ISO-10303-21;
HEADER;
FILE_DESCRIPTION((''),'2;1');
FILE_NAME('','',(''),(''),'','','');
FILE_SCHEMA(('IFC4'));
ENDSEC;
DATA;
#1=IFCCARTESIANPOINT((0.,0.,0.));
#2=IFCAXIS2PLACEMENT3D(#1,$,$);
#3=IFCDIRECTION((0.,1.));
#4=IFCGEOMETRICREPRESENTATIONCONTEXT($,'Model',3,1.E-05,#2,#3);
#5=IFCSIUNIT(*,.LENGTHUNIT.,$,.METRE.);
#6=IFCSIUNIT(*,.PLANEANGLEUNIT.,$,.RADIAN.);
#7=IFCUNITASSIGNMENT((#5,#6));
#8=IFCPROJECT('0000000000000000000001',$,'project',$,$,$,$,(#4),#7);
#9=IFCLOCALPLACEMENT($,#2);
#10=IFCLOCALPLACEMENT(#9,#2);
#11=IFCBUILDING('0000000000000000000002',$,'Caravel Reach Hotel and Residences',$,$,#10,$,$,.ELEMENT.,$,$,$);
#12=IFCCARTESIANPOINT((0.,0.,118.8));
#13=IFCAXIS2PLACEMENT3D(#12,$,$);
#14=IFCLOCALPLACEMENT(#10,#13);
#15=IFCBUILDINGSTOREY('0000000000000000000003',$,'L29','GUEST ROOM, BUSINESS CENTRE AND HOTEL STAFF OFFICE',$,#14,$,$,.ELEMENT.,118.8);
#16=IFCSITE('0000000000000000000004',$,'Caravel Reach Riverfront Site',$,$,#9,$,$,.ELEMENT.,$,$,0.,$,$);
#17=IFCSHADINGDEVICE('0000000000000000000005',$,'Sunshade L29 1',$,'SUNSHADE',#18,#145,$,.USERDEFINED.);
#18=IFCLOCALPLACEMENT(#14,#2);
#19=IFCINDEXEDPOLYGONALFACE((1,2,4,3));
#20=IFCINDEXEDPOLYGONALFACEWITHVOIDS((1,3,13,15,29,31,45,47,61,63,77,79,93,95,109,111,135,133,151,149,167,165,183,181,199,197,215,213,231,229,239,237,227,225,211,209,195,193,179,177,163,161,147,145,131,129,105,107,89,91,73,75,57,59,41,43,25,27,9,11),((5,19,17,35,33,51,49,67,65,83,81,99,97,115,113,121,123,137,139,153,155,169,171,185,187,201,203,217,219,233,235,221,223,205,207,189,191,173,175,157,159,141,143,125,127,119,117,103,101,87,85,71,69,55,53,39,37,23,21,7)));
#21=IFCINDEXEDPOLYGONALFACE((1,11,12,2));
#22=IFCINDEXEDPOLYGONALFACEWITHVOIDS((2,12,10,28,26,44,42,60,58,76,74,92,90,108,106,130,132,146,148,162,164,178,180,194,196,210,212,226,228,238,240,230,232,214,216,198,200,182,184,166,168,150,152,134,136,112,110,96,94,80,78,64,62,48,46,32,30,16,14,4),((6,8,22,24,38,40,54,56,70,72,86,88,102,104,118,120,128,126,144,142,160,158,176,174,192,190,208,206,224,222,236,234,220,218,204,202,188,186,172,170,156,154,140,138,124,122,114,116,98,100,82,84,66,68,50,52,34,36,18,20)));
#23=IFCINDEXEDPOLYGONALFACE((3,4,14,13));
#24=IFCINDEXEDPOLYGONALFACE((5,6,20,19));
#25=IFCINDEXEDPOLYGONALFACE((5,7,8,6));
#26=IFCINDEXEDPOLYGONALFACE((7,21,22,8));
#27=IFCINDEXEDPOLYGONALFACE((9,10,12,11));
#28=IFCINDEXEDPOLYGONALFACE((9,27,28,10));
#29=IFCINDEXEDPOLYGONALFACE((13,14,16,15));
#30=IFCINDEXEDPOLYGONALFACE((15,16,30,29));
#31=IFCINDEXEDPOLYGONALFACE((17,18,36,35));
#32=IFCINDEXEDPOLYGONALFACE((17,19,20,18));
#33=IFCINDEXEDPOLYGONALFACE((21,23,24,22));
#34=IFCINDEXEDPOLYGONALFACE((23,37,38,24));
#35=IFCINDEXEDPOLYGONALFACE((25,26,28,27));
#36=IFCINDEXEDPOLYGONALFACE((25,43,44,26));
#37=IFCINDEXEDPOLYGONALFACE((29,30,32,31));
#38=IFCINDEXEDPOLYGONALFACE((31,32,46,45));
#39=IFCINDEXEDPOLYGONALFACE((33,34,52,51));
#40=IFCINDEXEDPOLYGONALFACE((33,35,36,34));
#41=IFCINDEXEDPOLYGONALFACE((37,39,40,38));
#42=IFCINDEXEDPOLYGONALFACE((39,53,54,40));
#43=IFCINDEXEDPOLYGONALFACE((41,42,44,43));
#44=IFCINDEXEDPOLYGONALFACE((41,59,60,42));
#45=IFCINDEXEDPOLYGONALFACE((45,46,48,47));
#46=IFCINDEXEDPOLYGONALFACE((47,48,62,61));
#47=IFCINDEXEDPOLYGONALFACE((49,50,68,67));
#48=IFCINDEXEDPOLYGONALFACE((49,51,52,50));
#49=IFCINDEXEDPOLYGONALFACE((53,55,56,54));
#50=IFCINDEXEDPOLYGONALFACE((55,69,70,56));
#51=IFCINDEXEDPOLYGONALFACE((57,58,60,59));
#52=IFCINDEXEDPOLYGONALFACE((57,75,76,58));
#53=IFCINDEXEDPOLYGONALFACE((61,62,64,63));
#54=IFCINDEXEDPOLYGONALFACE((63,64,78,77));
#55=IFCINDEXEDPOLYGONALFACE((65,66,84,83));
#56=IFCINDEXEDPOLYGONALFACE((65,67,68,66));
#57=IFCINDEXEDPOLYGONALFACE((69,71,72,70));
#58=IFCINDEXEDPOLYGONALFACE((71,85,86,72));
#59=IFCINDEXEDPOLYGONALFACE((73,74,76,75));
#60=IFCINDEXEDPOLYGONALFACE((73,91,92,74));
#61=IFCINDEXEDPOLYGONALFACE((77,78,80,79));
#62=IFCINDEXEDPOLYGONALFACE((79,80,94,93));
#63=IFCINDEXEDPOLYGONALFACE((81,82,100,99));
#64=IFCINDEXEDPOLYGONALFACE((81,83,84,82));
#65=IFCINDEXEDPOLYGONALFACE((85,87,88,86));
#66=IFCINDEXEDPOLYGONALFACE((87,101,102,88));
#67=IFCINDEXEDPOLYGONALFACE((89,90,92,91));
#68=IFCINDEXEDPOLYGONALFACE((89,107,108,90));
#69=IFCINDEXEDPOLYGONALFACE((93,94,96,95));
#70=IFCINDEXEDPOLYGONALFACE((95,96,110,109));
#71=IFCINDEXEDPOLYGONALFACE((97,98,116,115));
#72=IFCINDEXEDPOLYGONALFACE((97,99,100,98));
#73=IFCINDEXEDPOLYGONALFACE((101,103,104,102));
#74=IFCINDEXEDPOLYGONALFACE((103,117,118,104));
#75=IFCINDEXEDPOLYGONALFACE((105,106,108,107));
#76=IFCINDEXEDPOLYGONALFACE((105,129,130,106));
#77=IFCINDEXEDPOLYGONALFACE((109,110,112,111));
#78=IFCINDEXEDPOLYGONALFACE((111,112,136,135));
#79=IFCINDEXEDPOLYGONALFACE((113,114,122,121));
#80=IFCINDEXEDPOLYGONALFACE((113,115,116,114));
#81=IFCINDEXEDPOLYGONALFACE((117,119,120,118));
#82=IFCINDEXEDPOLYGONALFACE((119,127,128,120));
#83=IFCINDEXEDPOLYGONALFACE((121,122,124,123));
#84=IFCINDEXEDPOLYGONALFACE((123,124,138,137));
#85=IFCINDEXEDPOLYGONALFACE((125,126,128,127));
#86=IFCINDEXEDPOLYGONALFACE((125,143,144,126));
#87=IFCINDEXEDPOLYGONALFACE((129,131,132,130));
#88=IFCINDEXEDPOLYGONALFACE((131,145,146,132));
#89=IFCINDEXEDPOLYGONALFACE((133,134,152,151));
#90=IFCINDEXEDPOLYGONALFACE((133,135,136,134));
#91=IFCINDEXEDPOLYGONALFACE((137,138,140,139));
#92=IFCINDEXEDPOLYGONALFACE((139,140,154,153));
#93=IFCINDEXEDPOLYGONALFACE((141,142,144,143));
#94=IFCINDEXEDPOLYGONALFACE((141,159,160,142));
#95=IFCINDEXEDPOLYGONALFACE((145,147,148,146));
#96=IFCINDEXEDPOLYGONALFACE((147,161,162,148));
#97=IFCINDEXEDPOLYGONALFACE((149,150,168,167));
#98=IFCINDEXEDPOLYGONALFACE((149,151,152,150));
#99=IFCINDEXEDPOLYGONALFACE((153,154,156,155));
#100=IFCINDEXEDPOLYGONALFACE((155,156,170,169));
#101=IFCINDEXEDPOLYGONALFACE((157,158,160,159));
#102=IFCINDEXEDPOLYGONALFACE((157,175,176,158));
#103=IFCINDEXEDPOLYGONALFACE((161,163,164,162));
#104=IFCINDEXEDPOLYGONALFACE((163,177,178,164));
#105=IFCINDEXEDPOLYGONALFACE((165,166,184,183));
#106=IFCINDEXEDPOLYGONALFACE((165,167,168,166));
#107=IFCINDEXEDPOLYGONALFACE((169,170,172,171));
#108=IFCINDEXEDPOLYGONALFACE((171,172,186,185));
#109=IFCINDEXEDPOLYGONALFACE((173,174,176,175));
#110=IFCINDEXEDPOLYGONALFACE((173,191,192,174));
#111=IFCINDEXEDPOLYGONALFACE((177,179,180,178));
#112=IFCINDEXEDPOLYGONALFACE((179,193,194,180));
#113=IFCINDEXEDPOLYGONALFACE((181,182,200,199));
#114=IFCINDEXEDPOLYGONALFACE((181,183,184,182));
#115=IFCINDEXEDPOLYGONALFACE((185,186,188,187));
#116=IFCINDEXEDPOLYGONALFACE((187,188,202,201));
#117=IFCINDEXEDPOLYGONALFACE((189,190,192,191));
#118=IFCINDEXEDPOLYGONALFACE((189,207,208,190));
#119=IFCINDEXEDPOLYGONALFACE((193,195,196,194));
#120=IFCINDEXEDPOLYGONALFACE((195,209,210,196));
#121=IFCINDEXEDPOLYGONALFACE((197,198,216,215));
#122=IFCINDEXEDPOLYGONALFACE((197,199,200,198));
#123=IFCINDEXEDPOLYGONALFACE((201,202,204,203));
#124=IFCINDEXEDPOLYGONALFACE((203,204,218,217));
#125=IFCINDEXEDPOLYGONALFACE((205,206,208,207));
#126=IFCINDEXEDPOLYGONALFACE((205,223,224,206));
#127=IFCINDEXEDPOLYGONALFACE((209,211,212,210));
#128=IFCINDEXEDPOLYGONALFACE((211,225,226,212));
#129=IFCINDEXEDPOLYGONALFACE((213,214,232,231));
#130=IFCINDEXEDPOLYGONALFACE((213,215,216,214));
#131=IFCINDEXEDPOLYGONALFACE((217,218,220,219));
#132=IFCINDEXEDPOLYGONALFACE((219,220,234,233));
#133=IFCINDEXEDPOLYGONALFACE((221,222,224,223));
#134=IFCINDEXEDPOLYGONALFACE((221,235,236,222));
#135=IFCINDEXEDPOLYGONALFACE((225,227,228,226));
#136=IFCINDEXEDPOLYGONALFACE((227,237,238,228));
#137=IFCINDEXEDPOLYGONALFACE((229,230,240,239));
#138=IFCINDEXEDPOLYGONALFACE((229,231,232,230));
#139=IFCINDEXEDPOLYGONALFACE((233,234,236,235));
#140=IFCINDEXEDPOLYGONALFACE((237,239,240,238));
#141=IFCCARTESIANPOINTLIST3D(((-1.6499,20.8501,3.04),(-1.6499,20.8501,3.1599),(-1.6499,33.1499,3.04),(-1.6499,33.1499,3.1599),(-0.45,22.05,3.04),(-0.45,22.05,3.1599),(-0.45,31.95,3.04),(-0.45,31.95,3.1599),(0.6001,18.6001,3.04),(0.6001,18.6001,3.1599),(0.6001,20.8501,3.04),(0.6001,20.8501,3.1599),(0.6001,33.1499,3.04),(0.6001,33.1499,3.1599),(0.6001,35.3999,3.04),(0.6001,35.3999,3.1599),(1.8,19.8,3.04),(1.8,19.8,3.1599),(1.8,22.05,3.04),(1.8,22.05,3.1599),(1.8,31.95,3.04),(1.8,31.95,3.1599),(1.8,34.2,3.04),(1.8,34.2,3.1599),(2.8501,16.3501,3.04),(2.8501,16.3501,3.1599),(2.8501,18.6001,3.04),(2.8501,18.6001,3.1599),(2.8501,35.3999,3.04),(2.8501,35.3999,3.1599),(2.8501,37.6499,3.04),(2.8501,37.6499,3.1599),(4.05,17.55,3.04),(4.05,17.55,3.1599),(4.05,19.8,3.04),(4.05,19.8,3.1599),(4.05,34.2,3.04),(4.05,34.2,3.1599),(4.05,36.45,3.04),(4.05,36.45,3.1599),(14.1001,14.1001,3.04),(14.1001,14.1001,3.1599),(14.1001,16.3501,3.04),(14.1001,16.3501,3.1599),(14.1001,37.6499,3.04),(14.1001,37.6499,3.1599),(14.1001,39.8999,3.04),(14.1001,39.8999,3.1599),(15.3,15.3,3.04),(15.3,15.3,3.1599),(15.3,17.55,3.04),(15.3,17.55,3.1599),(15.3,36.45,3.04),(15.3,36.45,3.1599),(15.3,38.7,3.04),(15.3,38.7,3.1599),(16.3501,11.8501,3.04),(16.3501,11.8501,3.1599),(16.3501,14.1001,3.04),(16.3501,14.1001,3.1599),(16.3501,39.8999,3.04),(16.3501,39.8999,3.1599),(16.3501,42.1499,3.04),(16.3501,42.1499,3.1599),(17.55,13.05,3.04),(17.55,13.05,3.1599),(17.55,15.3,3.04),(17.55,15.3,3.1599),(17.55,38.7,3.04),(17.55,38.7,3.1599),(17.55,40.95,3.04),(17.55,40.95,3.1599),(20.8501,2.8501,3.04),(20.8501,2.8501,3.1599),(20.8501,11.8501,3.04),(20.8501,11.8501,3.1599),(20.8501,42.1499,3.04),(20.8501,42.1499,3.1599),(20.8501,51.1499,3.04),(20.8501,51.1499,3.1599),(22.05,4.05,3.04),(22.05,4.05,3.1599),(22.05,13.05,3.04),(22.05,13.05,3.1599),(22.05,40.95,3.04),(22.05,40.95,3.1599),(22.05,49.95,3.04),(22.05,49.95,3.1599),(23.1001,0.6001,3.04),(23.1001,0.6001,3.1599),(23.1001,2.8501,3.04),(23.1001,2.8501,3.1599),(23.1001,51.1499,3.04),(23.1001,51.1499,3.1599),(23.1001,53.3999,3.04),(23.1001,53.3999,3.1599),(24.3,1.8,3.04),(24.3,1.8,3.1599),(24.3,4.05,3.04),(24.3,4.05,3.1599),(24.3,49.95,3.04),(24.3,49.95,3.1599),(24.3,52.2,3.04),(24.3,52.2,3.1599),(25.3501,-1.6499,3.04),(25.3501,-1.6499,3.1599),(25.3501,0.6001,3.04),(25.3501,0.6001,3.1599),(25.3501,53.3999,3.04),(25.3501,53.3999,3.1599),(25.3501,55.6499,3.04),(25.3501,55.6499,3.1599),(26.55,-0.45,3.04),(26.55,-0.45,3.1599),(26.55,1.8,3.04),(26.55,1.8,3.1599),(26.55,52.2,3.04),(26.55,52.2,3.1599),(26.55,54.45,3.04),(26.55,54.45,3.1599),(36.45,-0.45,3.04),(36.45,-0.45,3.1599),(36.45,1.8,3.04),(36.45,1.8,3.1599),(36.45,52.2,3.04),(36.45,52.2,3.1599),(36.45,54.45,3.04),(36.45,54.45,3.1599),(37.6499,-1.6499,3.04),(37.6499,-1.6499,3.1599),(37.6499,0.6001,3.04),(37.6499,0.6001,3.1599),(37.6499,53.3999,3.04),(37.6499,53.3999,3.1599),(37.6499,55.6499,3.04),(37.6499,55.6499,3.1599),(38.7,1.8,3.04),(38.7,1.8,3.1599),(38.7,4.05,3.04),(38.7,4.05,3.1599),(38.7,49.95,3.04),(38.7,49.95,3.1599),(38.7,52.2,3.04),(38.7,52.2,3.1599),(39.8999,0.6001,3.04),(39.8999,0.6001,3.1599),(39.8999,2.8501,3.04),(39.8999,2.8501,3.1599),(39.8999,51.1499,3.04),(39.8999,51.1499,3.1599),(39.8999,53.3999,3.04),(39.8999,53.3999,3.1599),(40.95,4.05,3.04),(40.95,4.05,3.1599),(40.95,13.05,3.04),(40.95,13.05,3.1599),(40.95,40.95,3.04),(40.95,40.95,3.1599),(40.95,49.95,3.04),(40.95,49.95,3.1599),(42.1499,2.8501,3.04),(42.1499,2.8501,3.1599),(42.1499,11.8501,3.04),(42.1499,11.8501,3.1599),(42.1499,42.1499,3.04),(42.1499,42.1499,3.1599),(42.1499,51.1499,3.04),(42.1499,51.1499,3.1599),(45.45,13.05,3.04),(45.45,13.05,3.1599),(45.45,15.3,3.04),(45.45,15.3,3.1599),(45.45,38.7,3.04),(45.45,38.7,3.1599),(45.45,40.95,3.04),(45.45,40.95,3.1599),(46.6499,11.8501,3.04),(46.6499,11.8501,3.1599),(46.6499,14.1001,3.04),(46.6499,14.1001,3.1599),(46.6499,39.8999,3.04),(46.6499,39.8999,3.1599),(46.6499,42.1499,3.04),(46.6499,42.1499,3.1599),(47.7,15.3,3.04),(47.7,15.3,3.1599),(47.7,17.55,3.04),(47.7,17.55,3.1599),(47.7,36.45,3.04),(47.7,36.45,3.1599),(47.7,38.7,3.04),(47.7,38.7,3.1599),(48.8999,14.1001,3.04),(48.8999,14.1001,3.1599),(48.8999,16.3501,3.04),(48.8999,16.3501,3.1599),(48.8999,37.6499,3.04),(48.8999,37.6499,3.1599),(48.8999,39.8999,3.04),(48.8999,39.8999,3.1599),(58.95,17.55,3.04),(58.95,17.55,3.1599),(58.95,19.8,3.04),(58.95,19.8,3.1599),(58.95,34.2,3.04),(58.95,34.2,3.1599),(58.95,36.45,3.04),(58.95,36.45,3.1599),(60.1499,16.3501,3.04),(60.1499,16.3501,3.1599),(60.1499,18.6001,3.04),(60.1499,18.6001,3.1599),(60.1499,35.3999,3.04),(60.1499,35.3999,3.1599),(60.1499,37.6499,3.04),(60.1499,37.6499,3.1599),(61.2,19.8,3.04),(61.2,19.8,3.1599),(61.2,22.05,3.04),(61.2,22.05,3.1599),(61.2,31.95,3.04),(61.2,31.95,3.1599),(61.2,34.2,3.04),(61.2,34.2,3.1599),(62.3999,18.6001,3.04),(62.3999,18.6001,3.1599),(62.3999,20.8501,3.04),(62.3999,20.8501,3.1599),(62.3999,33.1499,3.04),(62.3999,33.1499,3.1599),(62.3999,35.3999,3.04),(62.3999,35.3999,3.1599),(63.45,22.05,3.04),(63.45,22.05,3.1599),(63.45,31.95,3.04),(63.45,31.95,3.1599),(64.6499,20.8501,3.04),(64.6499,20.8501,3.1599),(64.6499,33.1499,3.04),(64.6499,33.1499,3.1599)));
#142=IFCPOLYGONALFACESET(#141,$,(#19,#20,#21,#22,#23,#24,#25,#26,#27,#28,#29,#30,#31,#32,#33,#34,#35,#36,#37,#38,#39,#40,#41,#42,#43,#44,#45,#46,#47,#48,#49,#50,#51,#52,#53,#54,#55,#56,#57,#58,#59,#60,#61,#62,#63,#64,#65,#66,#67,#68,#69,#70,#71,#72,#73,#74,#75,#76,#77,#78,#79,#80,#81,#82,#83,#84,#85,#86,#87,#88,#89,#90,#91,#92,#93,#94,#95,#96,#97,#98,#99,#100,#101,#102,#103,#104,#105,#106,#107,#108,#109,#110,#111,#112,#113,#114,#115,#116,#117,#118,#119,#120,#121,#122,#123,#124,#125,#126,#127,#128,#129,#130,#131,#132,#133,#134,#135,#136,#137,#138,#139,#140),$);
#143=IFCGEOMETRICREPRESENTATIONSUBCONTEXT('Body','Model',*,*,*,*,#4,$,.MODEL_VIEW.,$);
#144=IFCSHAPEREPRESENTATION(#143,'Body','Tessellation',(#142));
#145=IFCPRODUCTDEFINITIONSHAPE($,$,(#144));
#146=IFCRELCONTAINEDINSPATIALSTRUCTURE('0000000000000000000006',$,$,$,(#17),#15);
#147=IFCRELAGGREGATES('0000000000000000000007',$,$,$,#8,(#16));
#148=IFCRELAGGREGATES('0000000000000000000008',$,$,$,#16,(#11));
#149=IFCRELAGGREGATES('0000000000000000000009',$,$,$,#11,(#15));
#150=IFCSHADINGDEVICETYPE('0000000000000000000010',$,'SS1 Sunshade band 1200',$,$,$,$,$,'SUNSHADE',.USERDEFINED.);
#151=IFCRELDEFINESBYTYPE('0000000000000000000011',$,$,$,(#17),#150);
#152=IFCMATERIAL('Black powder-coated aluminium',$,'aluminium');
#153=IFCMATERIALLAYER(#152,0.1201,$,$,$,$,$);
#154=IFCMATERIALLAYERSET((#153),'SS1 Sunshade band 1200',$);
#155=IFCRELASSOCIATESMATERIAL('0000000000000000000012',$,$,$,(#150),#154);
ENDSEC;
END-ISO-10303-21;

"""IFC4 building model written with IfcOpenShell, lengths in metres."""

from ifc_helpers import new_model, si_unit, direction, frame, origin, place, context, subcontext, project, spatial, polyline, outline, extrude, material, layer, layer_set, type_object, element, save


model = new_model("IFC4")

# Units and contexts
model_context = context("Model", 3, precision=1e-05, world=origin(), true_north=direction((0.0, 1.0)))
body_context = subcontext(model_context, "Body", "Model", "MODEL_VIEW")
ifc_project = project(units=[si_unit("LENGTHUNIT", "METRE"), si_unit("PLANEANGLEUNIT", "RADIAN")], contexts=[model_context])

# Site, building, storey
site_placement = place(None, origin())
site = spatial("IfcSite", under=ifc_project, at=site_placement, Name="Caravel Reach Riverfront Site", CompositionType="ELEMENT", RefElevation=0.0)
building_placement = place(site_placement, origin())
building = spatial("IfcBuilding", under=site, at=building_placement, Name="Caravel Reach Hotel and Residences", CompositionType="ELEMENT")
storey_placement = place(building_placement, frame((0.0, 0.0, 118.8)))
storey = spatial("IfcBuildingStorey", under=building, at=storey_placement, Name="L29", Description="GUEST ROOM, BUSINESS CENTRE AND HOTEL STAFF OFFICE", CompositionType="ELEMENT", Elevation=118.8)

# Shading device
ifc_material_1 = material(Name="Black powder-coated aluminium", Category="aluminium")
ifc_layer_1 = layer(ifc_material_1, 0.1201)
ifc_layer_set_1 = layer_set([ifc_layer_1], Name="SS1 Sunshade band 1200")
shading_device_type = type_object("IfcShadingDeviceType", Name="SS1 Sunshade band 1200", ElementType="SUNSHADE", PredefinedType="USERDEFINED", material=ifc_layer_set_1)
shading_device_placement = place(storey_placement, frame((0.0, 0.0, 3.04)))
element("IfcShadingDevice", 1, at=shading_device_placement, inside=storey, type_object=shading_device_type, Name="Sunshade L29 1", ObjectType="SUNSHADE", PredefinedType="USERDEFINED", context=body_context, shape_type="SweptSolid", body=[
    extrude(outline(polyline([(20.8501, 11.8501), (20.8501, 2.8501), (23.1001, 2.8501), (23.1001, 0.6001), (25.3501, 0.6001), (25.3501, -1.6499), (37.6499, -1.6499), (37.6499, 0.6001), (39.8999, 0.6001), (39.8999, 2.8501), (42.1499, 2.8501), (42.1499, 11.8501), (46.6499, 11.8501), (46.6499, 14.1001), (48.8999, 14.1001), (48.8999, 16.3501), (60.1499, 16.3501), (60.1499, 18.6001), (62.3999, 18.6001), (62.3999, 20.8501), (64.6499, 20.8501), (64.6499, 33.1499), (62.3999, 33.1499), (62.3999, 35.3999), (60.1499, 35.3999), (60.1499, 37.6499), (48.8999, 37.6499), (48.8999, 39.8999), (46.6499, 39.8999), (46.6499, 42.1499), (42.1499, 42.1499), (42.1499, 51.1499), (39.8999, 51.1499), (39.8999, 53.3999), (37.6499, 53.3999), (37.6499, 55.6499), (25.3501, 55.6499), (25.3501, 53.3999), (23.1001, 53.3999), (23.1001, 51.1499), (20.8501, 51.1499), (20.8501, 42.1499), (16.3501, 42.1499), (16.3501, 39.8999), (14.1001, 39.8999), (14.1001, 37.6499), (2.8501, 37.6499), (2.8501, 35.3999), (0.6001, 35.3999), (0.6001, 33.1499), (-1.6499, 33.1499), (-1.6499, 20.8501), (0.6001, 20.8501), (0.6001, 18.6001), (2.8501, 18.6001), (2.8501, 16.3501), (14.1001, 16.3501), (14.1001, 14.1001), (16.3501, 14.1001), (16.3501, 11.8501), (20.8501, 11.8501)]), holes=[polyline([(24.3, 4.05), (22.05, 4.05), (22.05, 13.05), (17.55, 13.05), (17.55, 15.3), (15.3, 15.3), (15.3, 17.55), (4.05, 17.55), (4.05, 19.8), (1.8, 19.8), (1.8, 22.05), (-0.45, 22.05), (-0.45, 31.95), (1.8, 31.95), (1.8, 34.2), (4.05, 34.2), (4.05, 36.45), (15.3, 36.45), (15.3, 38.7), (17.55, 38.7), (17.55, 40.95), (22.05, 40.95), (22.05, 49.95), (24.3, 49.95), (24.3, 52.2), (26.55, 52.2), (26.55, 54.45), (36.45, 54.45), (36.45, 52.2), (38.7, 52.2), (38.7, 49.95), (40.95, 49.95), (40.95, 40.95), (45.45, 40.95), (45.45, 38.7), (47.7, 38.7), (47.7, 36.45), (58.95, 36.45), (58.95, 34.2), (61.2, 34.2), (61.2, 31.95), (63.45, 31.95), (63.45, 22.05), (61.2, 22.05), (61.2, 19.8), (58.95, 19.8), (58.95, 17.55), (47.7, 17.55), (47.7, 15.3), (45.45, 15.3), (45.45, 13.05), (40.95, 13.05), (40.95, 4.05), (38.7, 4.05), (38.7, 1.8), (36.45, 1.8), (36.45, -0.45), (26.55, -0.45), (26.55, 1.8), (24.3, 1.8), (24.3, 4.05)])]), origin(), (0.0, 0.0, 1.0), 0.1199),
])

save(model, "model.ifc")
